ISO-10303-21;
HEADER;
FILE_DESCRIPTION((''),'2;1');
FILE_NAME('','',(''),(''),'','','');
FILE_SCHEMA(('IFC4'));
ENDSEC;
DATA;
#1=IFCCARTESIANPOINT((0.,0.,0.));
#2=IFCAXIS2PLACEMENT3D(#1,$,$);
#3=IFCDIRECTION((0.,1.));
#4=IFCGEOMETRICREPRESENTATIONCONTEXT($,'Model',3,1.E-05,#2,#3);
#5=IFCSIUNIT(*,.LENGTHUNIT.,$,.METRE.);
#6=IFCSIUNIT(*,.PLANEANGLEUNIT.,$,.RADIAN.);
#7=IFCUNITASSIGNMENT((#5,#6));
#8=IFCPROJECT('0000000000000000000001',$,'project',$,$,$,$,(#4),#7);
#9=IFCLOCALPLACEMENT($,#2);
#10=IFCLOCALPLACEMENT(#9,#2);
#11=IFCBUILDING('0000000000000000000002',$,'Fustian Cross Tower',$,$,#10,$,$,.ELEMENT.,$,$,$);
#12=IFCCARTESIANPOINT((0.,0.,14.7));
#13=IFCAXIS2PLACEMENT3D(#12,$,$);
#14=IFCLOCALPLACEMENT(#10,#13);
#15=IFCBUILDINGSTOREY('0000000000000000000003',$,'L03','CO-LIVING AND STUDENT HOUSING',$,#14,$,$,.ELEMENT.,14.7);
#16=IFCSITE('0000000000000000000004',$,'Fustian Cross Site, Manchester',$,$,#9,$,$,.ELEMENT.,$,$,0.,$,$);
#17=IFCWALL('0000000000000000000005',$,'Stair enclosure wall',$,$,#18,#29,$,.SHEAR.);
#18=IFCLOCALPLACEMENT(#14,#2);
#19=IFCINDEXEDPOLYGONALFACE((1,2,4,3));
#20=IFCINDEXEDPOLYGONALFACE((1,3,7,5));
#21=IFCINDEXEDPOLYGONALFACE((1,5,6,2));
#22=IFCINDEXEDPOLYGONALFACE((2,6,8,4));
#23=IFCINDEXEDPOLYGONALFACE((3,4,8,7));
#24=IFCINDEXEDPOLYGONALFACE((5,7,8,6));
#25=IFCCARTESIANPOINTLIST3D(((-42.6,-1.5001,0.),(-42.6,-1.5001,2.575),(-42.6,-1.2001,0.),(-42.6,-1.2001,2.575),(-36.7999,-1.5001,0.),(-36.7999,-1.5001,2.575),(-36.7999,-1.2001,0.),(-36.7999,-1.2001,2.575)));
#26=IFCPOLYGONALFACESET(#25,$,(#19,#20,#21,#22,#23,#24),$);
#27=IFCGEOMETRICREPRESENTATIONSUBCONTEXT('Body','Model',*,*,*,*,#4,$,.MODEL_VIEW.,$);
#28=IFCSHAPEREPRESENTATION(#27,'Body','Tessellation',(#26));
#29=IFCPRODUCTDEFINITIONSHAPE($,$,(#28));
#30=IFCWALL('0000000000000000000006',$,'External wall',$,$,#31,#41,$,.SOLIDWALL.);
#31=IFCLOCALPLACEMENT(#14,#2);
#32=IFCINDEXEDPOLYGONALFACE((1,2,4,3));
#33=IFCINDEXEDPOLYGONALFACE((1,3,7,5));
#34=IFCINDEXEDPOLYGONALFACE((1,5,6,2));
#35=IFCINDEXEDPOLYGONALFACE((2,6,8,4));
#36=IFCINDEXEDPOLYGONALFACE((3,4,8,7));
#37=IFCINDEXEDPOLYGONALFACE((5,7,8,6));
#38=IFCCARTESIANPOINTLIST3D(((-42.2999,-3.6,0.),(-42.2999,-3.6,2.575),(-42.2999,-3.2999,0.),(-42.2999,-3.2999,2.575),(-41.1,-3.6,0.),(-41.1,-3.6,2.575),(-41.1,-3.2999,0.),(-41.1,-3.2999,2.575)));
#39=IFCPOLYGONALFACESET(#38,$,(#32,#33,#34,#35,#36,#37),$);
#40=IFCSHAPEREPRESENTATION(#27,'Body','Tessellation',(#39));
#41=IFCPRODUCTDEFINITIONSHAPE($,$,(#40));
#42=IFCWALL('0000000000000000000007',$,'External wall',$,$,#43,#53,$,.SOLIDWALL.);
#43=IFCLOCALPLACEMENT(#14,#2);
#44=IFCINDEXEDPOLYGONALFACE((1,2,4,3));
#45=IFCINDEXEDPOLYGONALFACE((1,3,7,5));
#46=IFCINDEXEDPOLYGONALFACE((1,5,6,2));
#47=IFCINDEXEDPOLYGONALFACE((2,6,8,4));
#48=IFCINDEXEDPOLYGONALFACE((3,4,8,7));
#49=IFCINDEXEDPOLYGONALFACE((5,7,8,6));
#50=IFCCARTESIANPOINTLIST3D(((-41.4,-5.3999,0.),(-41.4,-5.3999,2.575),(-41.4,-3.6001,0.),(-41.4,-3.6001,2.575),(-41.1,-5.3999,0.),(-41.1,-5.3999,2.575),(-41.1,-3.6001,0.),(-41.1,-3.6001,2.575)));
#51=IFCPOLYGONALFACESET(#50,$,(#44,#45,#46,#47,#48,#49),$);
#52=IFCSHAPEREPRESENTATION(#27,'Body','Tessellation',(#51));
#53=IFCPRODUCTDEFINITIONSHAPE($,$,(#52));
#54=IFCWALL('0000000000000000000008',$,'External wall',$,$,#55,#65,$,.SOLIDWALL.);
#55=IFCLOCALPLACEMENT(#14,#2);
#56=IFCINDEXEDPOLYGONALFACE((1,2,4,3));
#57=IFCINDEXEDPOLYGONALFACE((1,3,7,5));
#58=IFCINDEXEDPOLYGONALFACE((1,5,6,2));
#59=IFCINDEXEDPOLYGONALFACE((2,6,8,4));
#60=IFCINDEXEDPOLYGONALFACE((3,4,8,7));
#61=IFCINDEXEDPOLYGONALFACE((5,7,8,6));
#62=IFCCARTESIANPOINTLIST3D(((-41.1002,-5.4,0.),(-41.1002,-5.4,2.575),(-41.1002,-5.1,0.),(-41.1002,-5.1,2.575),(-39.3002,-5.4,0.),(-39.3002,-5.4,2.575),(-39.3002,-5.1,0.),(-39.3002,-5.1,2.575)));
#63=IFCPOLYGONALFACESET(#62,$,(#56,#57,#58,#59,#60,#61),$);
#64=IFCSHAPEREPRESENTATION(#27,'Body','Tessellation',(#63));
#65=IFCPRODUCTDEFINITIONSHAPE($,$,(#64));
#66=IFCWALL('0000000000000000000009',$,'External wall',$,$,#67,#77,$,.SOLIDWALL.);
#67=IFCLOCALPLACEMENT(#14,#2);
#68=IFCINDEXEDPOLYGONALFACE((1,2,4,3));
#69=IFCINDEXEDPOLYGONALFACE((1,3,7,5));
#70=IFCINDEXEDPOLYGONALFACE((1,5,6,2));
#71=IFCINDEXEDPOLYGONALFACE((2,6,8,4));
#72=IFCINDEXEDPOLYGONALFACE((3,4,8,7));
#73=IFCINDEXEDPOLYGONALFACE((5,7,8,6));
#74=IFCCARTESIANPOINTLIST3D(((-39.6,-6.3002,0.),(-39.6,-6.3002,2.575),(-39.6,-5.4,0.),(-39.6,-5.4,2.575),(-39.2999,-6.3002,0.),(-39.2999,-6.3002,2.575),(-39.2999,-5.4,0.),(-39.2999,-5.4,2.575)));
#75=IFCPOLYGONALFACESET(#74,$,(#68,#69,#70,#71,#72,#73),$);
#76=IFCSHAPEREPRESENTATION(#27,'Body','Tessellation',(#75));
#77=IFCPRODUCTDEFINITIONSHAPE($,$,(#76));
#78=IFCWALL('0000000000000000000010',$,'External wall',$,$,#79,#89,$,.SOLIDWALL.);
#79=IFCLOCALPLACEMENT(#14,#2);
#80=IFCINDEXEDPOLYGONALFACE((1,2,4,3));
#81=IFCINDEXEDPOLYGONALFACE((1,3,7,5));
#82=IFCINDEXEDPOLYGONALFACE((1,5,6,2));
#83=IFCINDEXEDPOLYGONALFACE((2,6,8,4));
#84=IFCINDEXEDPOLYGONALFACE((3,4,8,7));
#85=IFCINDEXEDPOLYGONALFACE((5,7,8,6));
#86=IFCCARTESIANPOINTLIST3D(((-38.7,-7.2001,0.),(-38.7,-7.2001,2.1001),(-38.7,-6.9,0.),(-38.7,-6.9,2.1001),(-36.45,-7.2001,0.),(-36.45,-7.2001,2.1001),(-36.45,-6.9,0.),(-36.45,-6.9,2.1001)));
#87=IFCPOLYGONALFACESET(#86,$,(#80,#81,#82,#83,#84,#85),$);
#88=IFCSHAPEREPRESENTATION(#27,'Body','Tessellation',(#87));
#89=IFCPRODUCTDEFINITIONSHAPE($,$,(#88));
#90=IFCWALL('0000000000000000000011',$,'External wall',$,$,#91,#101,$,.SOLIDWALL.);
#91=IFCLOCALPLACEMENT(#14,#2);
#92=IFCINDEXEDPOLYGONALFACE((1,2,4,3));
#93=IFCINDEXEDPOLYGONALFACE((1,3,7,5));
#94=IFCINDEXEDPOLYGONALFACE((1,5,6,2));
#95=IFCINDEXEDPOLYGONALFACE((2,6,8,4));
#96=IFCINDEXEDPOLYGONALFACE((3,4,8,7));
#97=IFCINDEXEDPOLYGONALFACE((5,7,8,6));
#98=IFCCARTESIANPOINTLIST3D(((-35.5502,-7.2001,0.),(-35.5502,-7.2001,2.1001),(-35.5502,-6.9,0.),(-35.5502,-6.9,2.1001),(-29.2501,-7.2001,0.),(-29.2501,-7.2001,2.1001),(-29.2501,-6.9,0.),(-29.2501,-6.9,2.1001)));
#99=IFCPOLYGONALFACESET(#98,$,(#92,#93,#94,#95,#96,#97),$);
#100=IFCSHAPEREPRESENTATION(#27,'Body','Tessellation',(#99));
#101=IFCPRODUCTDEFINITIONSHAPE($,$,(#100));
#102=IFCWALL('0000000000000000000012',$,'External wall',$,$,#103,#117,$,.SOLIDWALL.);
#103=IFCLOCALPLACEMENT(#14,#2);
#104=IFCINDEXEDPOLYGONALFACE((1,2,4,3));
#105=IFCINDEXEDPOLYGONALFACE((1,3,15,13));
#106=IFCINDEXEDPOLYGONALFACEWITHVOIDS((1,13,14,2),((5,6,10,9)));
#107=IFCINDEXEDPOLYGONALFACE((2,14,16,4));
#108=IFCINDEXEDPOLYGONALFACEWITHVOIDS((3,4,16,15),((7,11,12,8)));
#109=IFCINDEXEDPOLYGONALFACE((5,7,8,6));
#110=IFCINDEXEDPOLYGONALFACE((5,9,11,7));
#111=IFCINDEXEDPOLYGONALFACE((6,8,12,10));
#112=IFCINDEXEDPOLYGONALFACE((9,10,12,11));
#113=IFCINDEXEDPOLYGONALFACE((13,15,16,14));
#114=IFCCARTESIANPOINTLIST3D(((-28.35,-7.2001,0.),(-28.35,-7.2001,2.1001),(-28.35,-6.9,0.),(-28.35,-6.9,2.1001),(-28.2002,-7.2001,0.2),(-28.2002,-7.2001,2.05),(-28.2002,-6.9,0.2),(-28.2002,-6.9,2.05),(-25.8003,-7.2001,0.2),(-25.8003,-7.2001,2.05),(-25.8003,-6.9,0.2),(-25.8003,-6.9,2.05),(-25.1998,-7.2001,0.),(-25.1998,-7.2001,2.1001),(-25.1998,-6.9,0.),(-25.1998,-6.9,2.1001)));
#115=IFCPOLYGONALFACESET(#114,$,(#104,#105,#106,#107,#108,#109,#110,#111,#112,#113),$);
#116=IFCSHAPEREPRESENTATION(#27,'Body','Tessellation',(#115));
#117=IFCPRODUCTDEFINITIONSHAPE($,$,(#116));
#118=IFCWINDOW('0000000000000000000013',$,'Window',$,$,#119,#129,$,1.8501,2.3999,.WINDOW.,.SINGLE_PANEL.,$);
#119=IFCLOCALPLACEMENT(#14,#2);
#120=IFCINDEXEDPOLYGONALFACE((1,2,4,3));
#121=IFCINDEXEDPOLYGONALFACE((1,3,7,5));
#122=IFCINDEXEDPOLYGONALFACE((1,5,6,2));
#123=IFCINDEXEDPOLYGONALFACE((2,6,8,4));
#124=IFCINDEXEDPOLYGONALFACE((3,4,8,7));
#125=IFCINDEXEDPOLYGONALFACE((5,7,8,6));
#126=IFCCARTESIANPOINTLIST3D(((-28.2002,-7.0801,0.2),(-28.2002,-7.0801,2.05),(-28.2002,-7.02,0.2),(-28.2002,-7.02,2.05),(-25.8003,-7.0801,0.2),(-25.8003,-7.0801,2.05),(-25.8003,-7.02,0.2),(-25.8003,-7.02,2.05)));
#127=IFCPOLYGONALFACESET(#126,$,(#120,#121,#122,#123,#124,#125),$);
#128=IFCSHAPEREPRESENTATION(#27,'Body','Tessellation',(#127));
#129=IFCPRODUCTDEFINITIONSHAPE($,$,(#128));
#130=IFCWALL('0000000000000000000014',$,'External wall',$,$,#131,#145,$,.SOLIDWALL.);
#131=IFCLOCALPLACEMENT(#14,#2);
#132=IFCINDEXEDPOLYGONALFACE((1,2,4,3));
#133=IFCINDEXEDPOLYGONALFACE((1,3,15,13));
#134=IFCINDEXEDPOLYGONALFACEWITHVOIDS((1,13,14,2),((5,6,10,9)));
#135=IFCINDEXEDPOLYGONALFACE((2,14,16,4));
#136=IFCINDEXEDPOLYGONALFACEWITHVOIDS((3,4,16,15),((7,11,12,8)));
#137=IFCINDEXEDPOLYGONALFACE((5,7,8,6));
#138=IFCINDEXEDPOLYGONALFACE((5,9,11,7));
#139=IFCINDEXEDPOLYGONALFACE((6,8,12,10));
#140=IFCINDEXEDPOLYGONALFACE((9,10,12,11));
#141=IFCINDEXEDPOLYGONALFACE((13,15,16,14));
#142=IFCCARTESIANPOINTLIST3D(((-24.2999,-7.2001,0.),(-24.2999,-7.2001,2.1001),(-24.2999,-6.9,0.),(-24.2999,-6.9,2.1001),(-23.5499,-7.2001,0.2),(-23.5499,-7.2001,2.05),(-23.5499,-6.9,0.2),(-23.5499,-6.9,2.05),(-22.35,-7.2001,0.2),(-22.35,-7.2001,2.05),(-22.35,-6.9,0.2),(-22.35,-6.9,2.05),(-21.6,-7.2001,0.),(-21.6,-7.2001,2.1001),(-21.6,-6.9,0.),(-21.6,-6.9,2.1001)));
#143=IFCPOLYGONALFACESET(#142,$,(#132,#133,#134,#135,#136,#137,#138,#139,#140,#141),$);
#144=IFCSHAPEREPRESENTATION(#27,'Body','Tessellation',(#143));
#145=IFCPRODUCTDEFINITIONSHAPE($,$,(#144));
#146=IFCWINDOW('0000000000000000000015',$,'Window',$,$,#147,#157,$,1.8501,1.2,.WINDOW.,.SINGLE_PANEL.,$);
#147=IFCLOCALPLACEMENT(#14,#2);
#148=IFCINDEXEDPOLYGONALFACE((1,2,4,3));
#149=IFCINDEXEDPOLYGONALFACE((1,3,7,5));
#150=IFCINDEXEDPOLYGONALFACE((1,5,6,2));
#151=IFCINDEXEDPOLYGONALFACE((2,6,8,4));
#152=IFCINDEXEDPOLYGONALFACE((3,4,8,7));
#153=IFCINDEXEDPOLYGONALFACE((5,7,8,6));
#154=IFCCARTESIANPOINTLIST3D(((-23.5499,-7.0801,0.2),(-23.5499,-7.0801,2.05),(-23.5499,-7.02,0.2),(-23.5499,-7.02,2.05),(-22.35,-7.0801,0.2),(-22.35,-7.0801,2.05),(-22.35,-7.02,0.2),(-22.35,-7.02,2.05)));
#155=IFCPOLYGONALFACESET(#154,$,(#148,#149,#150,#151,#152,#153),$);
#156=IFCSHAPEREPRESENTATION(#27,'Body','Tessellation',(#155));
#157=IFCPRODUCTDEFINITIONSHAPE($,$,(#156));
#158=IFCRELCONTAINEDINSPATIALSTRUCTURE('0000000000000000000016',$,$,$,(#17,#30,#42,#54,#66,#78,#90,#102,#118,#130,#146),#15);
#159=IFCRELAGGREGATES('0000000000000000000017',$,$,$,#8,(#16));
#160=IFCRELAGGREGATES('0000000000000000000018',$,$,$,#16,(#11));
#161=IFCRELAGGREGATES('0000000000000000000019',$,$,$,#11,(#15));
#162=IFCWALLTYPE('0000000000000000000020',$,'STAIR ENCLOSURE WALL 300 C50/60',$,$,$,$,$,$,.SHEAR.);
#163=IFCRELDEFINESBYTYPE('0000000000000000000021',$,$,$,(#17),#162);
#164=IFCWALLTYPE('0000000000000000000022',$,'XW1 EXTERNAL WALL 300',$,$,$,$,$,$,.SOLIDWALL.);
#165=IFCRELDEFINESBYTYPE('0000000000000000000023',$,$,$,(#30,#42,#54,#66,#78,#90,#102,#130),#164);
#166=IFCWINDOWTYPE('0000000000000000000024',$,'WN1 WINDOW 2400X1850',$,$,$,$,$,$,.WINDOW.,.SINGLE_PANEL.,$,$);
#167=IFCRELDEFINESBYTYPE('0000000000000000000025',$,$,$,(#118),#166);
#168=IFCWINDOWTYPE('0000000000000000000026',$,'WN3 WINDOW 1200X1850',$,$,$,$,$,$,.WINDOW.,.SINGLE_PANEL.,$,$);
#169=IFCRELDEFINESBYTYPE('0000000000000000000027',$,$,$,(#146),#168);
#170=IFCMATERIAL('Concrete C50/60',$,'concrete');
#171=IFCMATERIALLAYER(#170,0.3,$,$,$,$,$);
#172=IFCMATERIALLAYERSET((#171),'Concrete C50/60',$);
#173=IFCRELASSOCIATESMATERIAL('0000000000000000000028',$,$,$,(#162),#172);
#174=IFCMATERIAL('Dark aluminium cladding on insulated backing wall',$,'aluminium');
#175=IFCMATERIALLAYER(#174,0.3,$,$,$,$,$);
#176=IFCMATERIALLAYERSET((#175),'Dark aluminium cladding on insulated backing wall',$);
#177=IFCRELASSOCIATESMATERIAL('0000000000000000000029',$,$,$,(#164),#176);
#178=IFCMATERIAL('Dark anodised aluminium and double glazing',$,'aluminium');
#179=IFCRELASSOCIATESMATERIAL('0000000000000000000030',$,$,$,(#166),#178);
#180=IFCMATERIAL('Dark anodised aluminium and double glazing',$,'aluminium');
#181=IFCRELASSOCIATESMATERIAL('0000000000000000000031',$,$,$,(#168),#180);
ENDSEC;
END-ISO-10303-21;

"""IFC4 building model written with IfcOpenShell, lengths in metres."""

from ifc_helpers import new_model, si_unit, direction, frame, frame_2d, origin, place, context, subcontext, project, spatial, rectangle, extrude, material, layer, layer_set, type_object, element, fill, save


model = new_model("IFC4")

# Units and contexts
model_context = context("Model", 3, precision=1e-05, world=origin(), true_north=direction((0.0, 1.0)))
body_context = subcontext(model_context, "Body", "Model", "MODEL_VIEW")
ifc_project = project(units=[si_unit("LENGTHUNIT", "METRE"), si_unit("PLANEANGLEUNIT", "RADIAN")], contexts=[model_context])

# Site, building, storey
site_placement = place(None, origin())
site = spatial("IfcSite", under=ifc_project, at=site_placement, Name="Fustian Cross Site, Manchester", CompositionType="ELEMENT", RefElevation=0.0)
building_placement = place(site_placement, origin())
building = spatial("IfcBuilding", under=site, at=building_placement, Name="Fustian Cross Tower", CompositionType="ELEMENT")
storey_placement = place(building_placement, frame((0.0, 0.0, 14.7)))
storey = spatial("IfcBuildingStorey", under=building, at=storey_placement, Name="L03", Description="CO-LIVING AND STUDENT HOUSING", CompositionType="ELEMENT", Elevation=14.7)

# Shared definitions
ifc_material_1 = material(Name="Concrete C50/60", Category="concrete")
ifc_layer_1 = layer(ifc_material_1, 0.3)
ifc_layer_set_1 = layer_set([ifc_layer_1], Name="Concrete C50/60")
wall_type_1 = type_object("IfcWallType", Name="STAIR ENCLOSURE WALL 300 C50/60", PredefinedType="SHEAR", material=ifc_layer_set_1)

# Walls
wall_1_placement = place(storey_placement, frame((-36.8, -1.3501, 0.0), z_axis=(0.0, 0.0, 1.0), x_axis=(-1.0, 0.0, 0.0)))
element("IfcWall", 1, at=wall_1_placement, inside=storey, type_object=wall_type_1, Name="Stair enclosure wall", PredefinedType="SHEAR", context=body_context, shape_type="SweptSolid", body=[
    extrude(rectangle(XDim=5.8, YDim=0.3, at=frame_2d((2.8999, 0.0))), origin(), (0.0, 0.0, 1.0), 2.575),
])
ifc_material_2 = material(Name="Dark aluminium cladding on insulated backing wall", Category="aluminium")
ifc_layer_2 = layer(ifc_material_2, 0.3)
ifc_layer_set_2 = layer_set([ifc_layer_2], Name="Dark aluminium cladding on insulated backing wall")
wall_type_2 = type_object("IfcWallType", Name="XW1 EXTERNAL WALL 300", PredefinedType="SOLIDWALL", material=ifc_layer_set_2)
wall_2_placement = place(storey_placement, frame((-42.3, -3.45, 0.0), z_axis=(0.0, 0.0, 1.0), x_axis=(1.0, 0.0, 0.0)))
element("IfcWall", 2, at=wall_2_placement, inside=storey, type_object=wall_type_2, Name="External wall", PredefinedType="SOLIDWALL", context=body_context, shape_type="SweptSolid", body=[
    extrude(rectangle(XDim=1.2, YDim=0.3, at=frame_2d((0.6001, 0.0))), origin(), (0.0, 0.0, 1.0), 2.575),
])
wall_3_placement = place(storey_placement, frame((-41.25, -3.6001, 0.0), z_axis=(0.0, 0.0, 1.0), x_axis=(0.0, -1.0, 0.0)))
element("IfcWall", 3, at=wall_3_placement, inside=storey, type_object=wall_type_2, Name="External wall", PredefinedType="SOLIDWALL", context=body_context, shape_type="SweptSolid", body=[
    extrude(rectangle(XDim=1.7998, YDim=0.3, at=frame_2d((0.8999, 0.0))), origin(), (0.0, 0.0, 1.0), 2.575),
])
wall_4_placement = place(storey_placement, frame((-41.1001, -5.25, 0.0), z_axis=(0.0, 0.0, 1.0), x_axis=(1.0, 0.0, 0.0)))
element("IfcWall", 4, at=wall_4_placement, inside=storey, type_object=wall_type_2, Name="External wall", PredefinedType="SOLIDWALL", context=body_context, shape_type="SweptSolid", body=[
    extrude(rectangle(XDim=1.8, YDim=0.3, at=frame_2d((0.8999, 0.0))), origin(), (0.0, 0.0, 1.0), 2.575),
])
wall_5_placement = place(storey_placement, frame((-39.45, -5.3999, 0.0), z_axis=(0.0, 0.0, 1.0), x_axis=(0.0, -1.0, 0.0)))
element("IfcWall", 5, at=wall_5_placement, inside=storey, type_object=wall_type_2, Name="External wall", PredefinedType="SOLIDWALL", context=body_context, shape_type="SweptSolid", body=[
    extrude(rectangle(XDim=0.9001, YDim=0.3, at=frame_2d((0.4502, 0.0))), origin(), (0.0, 0.0, 1.0), 2.575),
])
wall_6_placement = place(storey_placement, frame((-38.7, -7.05, 0.0), z_axis=(0.0, 0.0, 1.0), x_axis=(1.0, 0.0, 0.0)))
element("IfcWall", 6, at=wall_6_placement, inside=storey, type_object=wall_type_2, Name="External wall", PredefinedType="SOLIDWALL", context=body_context, shape_type="SweptSolid", body=[
    extrude(rectangle(XDim=2.25, YDim=0.3, at=frame_2d((1.125, 0.0))), origin(), (0.0, 0.0, 1.0), 2.1001),
])
wall_7_placement = place(storey_placement, frame((-35.55, -7.05, 0.0), z_axis=(0.0, 0.0, 1.0), x_axis=(1.0, 0.0, 0.0)))
element("IfcWall", 7, at=wall_7_placement, inside=storey, type_object=wall_type_2, Name="External wall", PredefinedType="SOLIDWALL", context=body_context, shape_type="SweptSolid", body=[
    extrude(rectangle(XDim=6.3, YDim=0.3, at=frame_2d((3.1499, 0.0))), origin(), (0.0, 0.0, 1.0), 2.1001),
])

# Walls, openings, windows
wall_8_placement = place(storey_placement, frame((-28.3501, -7.05, 0.0), z_axis=(0.0, 0.0, 1.0), x_axis=(1.0, 0.0, 0.0)))
wall_8 = element("IfcWall", 8, at=wall_8_placement, inside=storey, type_object=wall_type_2, Name="External wall", PredefinedType="SOLIDWALL", context=body_context, shape_type="SweptSolid", body=[
    extrude(rectangle(XDim=3.1501, YDim=0.3, at=frame_2d((1.5752, 0.0))), origin(), (0.0, 0.0, 1.0), 2.1001),
])
opening_1_placement = place(wall_8_placement, frame((0.1499, 0.0, 0.2)))
opening_1 = element("IfcOpeningElement", 9, at=opening_1_placement, cuts=wall_8, PredefinedType="OPENING", context=body_context, shape_type="SweptSolid", body=[
    extrude(rectangle(XDim=2.3999, YDim=1.8501, at=frame_2d((1.2, 0.925))), frame((0.0, 0.1599, 0.0), z_axis=(0.0, -1.0, 0.0), x_axis=(1.0, 0.0, 0.0)), (0.0, 0.0, 1.0), 0.3201),
])
ifc_material_3 = material(Name="Dark anodised aluminium and double glazing", Category="aluminium")
window_type_1 = type_object("IfcWindowType", Name="WN1 WINDOW 2400X1850", PartitioningType="SINGLE_PANEL", PredefinedType="WINDOW", material=ifc_material_3)
window_1_placement = place(opening_1_placement, origin())
window_1 = element("IfcWindow", 10, at=window_1_placement, inside=storey, type_object=window_type_1, Name="Window", OverallHeight=1.8501, OverallWidth=2.3999, PartitioningType="SINGLE_PANEL", PredefinedType="WINDOW", context=body_context, shape_type="SweptSolid", body=[
    extrude(rectangle(XDim=2.3999, YDim=1.8501, at=frame_2d((1.2, 0.925))), frame((0.0, 0.03, 0.0), z_axis=(0.0, -1.0, 0.0), x_axis=(1.0, 0.0, 0.0)), (0.0, 0.0, 1.0), 0.0601),
])
fill(opening_1, window_1)
wall_9_placement = place(storey_placement, frame((-24.3, -7.05, 0.0), z_axis=(0.0, 0.0, 1.0), x_axis=(1.0, 0.0, 0.0)))
wall_9 = element("IfcWall", 11, at=wall_9_placement, inside=storey, type_object=wall_type_2, Name="External wall", PredefinedType="SOLIDWALL", context=body_context, shape_type="SweptSolid", body=[
    extrude(rectangle(XDim=2.7, YDim=0.3, at=frame_2d((1.3501, 0.0))), origin(), (0.0, 0.0, 1.0), 2.1001),
])
opening_2_placement = place(wall_9_placement, frame((0.75, 0.0, 0.2)))
opening_2 = element("IfcOpeningElement", 12, at=opening_2_placement, cuts=wall_9, PredefinedType="OPENING", context=body_context, shape_type="SweptSolid", body=[
    extrude(rectangle(XDim=1.2, YDim=1.8501, at=frame_2d((0.6001, 0.925))), frame((0.0, 0.1599, 0.0), z_axis=(0.0, -1.0, 0.0), x_axis=(1.0, 0.0, 0.0)), (0.0, 0.0, 1.0), 0.3201),
])
ifc_material_4 = material(Name="Dark anodised aluminium and double glazing", Category="aluminium")
window_type_2 = type_object("IfcWindowType", Name="WN3 WINDOW 1200X1850", PartitioningType="SINGLE_PANEL", PredefinedType="WINDOW", material=ifc_material_4)
window_2_placement = place(opening_2_placement, origin())
window_2 = element("IfcWindow", 13, at=window_2_placement, inside=storey, type_object=window_type_2, Name="Window", OverallHeight=1.8501, OverallWidth=1.2, PartitioningType="SINGLE_PANEL", PredefinedType="WINDOW", context=body_context, shape_type="SweptSolid", body=[
    extrude(rectangle(XDim=1.2, YDim=1.8501, at=frame_2d((0.6001, 0.925))), frame((0.0, 0.03, 0.0), z_axis=(0.0, -1.0, 0.0), x_axis=(1.0, 0.0, 0.0)), (0.0, 0.0, 1.0), 0.0601),
])
fill(opening_2, window_2)

save(model, "model.ifc")
